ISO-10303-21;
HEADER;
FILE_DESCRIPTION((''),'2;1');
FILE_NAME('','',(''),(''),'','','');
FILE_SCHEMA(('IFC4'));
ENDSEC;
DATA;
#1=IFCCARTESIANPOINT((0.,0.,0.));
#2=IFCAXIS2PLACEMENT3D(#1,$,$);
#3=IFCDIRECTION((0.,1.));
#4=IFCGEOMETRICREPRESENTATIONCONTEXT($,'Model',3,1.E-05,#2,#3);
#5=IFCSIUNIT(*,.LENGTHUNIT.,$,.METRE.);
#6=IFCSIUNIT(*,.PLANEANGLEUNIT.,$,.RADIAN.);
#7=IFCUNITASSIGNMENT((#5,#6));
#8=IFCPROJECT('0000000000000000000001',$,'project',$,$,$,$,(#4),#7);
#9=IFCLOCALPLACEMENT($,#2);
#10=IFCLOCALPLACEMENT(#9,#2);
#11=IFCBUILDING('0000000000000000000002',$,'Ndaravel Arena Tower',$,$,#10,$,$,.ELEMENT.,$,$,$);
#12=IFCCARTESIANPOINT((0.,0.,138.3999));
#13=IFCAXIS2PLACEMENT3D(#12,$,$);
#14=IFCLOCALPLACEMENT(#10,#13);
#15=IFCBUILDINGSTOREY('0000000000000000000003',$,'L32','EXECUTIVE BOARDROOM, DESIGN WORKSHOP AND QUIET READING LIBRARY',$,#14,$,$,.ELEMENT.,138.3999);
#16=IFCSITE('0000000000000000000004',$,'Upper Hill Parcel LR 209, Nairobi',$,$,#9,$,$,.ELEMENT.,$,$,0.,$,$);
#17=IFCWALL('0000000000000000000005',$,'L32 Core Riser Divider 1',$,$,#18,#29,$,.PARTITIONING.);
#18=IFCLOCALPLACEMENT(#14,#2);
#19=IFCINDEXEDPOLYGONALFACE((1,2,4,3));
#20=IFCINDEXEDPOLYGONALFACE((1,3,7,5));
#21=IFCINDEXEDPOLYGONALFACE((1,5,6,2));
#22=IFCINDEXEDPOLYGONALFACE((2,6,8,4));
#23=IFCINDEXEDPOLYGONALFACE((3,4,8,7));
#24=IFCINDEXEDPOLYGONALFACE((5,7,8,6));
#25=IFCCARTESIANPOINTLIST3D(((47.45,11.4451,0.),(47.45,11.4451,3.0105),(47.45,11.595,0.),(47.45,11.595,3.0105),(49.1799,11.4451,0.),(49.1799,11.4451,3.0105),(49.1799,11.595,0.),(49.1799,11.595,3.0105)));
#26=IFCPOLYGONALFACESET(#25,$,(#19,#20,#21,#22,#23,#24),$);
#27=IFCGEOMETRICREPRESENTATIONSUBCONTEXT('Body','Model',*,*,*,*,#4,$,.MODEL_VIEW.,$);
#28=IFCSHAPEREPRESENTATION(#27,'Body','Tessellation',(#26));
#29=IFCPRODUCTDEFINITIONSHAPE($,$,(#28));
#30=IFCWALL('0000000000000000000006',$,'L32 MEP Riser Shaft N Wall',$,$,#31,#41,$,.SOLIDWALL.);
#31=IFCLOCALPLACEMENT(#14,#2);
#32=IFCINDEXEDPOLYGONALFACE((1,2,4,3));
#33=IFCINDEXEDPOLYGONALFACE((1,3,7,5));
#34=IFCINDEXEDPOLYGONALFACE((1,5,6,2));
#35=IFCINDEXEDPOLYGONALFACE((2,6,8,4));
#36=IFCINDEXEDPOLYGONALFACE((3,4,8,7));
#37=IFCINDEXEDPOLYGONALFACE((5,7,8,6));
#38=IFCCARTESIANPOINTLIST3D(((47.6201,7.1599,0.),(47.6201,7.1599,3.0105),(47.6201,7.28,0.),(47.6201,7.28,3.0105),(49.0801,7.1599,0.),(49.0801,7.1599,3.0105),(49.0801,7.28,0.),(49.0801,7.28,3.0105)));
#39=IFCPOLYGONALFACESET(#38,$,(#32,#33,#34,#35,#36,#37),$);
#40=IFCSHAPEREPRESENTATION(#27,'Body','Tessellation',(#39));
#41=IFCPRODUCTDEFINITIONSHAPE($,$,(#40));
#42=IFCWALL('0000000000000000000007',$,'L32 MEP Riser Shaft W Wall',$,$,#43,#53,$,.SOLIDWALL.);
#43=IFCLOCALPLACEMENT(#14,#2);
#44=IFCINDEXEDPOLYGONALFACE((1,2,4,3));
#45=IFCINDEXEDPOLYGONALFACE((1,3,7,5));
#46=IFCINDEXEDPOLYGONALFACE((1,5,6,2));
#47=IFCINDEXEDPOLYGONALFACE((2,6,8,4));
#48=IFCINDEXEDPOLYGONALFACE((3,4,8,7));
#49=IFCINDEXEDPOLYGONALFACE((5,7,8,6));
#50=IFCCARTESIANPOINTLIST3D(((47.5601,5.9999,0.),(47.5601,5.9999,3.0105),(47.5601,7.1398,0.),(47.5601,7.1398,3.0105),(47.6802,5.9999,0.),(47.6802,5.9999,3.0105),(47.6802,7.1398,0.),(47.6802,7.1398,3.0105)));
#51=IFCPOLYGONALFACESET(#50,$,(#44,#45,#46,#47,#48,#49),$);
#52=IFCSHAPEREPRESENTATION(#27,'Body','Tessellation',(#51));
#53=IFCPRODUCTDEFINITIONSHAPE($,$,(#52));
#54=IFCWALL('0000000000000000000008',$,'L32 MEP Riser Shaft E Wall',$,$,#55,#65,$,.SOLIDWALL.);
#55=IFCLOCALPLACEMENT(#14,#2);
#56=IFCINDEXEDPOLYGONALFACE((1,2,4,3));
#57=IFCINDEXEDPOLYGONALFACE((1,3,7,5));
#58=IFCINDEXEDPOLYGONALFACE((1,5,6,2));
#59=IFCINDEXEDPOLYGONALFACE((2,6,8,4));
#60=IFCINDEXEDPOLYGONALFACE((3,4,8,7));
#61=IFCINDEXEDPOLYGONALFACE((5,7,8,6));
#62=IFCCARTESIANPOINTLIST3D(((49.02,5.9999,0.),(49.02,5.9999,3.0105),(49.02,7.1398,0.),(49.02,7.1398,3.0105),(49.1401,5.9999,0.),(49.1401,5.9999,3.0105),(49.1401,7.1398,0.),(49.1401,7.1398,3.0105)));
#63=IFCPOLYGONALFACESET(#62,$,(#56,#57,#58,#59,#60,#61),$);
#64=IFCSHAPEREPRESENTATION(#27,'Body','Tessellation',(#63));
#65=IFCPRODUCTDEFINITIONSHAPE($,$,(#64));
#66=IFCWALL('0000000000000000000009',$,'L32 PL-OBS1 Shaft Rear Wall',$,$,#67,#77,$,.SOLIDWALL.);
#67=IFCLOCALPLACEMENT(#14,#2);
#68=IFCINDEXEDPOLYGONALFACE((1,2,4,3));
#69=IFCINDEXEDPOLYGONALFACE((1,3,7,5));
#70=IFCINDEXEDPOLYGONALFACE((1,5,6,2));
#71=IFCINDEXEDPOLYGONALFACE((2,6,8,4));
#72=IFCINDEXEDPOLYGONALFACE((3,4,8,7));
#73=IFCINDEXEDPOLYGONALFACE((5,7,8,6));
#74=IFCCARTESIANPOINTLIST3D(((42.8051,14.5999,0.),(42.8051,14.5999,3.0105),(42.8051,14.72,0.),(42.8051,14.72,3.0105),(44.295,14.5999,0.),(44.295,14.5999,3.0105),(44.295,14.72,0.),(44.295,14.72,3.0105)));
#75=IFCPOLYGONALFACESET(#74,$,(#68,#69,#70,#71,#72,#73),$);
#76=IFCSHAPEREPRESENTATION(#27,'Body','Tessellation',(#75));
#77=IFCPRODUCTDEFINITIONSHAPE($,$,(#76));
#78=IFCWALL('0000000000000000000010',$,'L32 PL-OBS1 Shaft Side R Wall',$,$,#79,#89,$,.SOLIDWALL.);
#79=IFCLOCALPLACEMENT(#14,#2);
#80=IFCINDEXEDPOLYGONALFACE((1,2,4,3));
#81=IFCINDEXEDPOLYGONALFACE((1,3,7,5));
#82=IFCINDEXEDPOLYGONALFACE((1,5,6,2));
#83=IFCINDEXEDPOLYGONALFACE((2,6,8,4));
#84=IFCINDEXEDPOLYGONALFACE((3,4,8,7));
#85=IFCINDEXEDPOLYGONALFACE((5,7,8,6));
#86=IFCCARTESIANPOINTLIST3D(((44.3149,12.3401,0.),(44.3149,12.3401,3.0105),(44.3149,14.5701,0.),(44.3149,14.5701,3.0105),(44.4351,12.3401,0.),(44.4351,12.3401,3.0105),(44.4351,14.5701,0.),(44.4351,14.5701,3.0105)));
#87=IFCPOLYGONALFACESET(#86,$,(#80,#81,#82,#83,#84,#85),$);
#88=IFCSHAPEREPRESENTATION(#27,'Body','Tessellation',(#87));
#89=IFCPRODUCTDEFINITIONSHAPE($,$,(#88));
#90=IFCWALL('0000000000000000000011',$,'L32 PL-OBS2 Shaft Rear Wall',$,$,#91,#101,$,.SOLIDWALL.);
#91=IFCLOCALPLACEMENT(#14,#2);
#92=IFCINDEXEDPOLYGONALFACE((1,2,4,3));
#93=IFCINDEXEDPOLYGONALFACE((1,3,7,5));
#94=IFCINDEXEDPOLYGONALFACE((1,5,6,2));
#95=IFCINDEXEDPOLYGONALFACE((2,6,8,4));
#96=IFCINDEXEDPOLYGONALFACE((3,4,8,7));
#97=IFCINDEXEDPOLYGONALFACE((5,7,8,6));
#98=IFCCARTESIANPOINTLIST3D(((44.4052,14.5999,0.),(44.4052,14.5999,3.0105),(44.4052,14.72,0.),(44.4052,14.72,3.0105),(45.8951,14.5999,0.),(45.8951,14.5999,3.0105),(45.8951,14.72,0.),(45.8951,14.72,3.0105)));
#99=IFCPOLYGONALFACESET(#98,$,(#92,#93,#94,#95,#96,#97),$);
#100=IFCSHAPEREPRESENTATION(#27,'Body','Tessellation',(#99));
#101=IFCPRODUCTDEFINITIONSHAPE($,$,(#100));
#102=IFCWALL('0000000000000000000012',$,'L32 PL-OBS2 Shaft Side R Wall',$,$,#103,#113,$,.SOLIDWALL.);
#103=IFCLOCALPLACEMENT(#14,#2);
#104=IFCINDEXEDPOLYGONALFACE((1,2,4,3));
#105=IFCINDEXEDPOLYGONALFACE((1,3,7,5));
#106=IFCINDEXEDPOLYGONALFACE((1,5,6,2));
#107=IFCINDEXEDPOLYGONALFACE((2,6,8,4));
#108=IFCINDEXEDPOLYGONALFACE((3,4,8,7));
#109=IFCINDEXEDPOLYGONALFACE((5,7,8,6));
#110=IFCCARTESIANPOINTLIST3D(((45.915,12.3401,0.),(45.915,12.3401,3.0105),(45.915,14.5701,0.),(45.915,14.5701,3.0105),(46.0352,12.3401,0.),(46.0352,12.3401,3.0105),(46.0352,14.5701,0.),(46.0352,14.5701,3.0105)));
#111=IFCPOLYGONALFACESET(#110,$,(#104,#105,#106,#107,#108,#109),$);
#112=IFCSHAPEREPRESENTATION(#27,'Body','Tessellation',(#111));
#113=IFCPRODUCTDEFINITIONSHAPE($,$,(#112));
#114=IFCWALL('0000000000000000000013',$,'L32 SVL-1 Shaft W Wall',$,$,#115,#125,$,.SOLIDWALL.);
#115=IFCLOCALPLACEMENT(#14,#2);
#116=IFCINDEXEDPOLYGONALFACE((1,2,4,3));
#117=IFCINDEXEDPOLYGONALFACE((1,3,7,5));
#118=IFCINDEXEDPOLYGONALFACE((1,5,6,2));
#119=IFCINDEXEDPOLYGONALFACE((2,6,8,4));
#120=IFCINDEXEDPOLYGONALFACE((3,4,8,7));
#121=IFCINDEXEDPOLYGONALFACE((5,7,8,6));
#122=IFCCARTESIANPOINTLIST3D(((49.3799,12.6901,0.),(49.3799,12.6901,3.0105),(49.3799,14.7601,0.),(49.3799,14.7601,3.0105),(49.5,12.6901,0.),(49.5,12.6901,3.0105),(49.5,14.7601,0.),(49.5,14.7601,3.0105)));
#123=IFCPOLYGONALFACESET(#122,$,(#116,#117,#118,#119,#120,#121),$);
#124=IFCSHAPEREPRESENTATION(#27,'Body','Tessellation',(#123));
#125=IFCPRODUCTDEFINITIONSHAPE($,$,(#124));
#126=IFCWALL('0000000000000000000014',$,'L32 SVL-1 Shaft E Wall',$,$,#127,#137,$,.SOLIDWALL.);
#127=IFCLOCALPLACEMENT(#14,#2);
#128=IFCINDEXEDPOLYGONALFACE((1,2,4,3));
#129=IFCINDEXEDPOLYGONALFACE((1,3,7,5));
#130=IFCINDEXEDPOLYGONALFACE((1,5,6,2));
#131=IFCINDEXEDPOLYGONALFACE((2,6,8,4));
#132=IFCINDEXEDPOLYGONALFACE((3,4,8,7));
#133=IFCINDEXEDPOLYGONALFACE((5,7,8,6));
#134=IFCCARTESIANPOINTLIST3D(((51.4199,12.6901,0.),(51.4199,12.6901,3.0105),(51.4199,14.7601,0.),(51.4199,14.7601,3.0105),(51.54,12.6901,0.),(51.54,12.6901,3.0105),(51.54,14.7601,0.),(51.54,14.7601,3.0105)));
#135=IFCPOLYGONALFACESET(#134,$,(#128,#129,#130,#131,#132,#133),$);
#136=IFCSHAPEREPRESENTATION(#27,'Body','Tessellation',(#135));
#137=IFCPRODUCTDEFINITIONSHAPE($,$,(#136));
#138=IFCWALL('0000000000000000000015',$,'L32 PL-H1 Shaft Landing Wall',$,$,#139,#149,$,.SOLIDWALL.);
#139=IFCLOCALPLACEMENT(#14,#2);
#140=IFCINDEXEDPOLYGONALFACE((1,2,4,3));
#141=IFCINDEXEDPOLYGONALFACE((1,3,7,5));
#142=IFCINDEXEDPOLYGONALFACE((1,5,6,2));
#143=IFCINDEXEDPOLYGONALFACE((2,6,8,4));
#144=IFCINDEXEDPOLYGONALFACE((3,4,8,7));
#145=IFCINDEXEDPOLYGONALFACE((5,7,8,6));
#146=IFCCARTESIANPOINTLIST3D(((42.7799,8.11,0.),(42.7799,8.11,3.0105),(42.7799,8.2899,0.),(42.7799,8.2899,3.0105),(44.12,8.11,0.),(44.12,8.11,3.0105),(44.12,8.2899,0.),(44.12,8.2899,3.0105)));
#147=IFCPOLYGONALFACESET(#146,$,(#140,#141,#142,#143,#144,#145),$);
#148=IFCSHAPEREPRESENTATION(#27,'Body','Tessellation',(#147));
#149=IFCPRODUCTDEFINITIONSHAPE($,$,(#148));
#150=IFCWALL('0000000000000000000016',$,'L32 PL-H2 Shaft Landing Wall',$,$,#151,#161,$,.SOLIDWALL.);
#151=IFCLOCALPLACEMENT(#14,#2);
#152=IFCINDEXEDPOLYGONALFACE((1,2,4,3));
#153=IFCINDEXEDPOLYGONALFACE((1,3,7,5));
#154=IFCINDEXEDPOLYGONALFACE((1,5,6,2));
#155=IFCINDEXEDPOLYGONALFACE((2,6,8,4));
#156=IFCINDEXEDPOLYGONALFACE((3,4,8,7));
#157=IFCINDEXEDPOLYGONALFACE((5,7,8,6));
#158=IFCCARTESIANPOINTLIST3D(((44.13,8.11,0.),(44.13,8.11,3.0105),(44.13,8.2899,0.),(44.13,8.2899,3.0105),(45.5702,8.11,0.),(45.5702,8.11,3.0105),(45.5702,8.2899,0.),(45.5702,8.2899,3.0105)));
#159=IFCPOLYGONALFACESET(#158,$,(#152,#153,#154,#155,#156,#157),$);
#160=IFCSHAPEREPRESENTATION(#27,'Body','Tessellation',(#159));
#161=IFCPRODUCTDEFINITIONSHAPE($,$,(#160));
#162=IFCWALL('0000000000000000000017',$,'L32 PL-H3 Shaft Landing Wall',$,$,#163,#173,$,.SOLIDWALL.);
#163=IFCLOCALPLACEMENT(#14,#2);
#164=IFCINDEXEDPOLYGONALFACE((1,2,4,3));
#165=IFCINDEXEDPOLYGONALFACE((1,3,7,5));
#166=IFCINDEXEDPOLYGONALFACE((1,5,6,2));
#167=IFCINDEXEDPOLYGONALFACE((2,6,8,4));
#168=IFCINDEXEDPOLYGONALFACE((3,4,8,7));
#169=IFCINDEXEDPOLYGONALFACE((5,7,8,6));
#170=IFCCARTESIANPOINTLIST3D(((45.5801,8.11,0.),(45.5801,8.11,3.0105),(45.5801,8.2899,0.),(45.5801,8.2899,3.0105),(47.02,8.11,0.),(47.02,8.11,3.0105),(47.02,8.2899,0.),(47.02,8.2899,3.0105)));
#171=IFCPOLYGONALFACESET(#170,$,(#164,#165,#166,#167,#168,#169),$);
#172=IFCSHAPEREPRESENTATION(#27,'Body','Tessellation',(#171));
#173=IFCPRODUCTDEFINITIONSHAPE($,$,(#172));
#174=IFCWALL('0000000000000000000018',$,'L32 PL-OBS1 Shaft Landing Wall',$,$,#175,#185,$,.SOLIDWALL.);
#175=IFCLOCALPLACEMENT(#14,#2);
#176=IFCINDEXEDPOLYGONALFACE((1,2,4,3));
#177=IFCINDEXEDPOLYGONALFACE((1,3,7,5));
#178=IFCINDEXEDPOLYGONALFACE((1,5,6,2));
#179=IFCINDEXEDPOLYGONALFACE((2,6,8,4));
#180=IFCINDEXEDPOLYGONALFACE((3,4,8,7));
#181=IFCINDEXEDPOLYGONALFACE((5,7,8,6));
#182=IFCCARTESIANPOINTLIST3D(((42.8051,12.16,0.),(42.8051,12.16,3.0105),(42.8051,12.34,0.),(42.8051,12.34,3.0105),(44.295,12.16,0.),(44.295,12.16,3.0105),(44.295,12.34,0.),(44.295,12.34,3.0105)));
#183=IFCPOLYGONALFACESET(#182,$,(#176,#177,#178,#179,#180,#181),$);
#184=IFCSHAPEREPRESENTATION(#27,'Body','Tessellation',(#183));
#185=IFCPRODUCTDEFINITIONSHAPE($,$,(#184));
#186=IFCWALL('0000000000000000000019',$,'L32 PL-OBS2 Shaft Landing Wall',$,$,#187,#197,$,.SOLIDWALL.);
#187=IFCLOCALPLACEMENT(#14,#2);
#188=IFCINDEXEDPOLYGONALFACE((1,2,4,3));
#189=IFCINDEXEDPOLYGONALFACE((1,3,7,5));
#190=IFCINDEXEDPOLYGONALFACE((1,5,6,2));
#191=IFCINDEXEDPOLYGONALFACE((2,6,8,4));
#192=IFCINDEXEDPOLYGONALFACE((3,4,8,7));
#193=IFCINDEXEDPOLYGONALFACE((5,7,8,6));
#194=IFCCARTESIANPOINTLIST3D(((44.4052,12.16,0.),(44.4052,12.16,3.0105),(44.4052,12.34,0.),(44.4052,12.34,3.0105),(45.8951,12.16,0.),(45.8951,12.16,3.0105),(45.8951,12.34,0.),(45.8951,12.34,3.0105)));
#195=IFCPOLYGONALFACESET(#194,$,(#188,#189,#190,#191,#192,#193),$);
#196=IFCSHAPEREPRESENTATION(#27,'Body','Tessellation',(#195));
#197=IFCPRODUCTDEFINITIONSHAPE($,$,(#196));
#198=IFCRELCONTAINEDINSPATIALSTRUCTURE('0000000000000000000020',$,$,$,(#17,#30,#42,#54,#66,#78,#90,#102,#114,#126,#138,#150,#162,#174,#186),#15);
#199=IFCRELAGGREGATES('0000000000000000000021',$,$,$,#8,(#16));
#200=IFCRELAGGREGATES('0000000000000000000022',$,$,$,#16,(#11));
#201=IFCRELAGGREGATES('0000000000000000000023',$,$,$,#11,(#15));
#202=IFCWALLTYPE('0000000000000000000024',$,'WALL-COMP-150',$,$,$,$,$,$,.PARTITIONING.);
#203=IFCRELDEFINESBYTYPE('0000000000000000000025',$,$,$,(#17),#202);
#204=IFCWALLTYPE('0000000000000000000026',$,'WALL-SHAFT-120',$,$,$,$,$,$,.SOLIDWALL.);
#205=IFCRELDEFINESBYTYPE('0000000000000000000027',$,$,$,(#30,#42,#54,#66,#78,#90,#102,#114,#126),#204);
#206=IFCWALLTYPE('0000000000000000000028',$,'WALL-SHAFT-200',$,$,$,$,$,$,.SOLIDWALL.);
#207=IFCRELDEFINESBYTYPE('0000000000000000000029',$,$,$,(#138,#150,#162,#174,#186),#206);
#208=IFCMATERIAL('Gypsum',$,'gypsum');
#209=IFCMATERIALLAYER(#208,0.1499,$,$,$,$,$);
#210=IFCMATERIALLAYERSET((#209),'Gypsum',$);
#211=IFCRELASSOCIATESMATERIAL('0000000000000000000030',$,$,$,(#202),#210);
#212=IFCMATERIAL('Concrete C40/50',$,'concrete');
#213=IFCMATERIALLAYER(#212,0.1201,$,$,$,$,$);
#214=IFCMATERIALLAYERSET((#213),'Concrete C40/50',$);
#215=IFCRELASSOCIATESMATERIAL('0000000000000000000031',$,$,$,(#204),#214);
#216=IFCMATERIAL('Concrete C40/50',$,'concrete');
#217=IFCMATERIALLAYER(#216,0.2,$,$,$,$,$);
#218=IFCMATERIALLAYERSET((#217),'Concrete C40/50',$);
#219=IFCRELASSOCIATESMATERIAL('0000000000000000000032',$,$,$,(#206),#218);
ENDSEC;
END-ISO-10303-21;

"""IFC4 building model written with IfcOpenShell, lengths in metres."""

from ifc_helpers import new_model, si_unit, direction, frame, frame_2d, origin, place, context, subcontext, project, spatial, rectangle, extrude, material, layer, layer_set, type_object, element, save


model = new_model("IFC4")

# Units and contexts
model_context = context("Model", 3, precision=1e-05, world=origin(), true_north=direction((0.0, 1.0)))
body_context = subcontext(model_context, "Body", "Model", "MODEL_VIEW")
ifc_project = project(units=[si_unit("LENGTHUNIT", "METRE"), si_unit("PLANEANGLEUNIT", "RADIAN")], contexts=[model_context])

# Site, building, storey
site_placement = place(None, origin())
site = spatial("IfcSite", under=ifc_project, at=site_placement, Name="Upper Hill Parcel LR 209, Nairobi", CompositionType="ELEMENT", RefElevation=0.0)
building_placement = place(site_placement, origin())
building = spatial("IfcBuilding", under=site, at=building_placement, Name="Ndaravel Arena Tower", CompositionType="ELEMENT")
storey_placement = place(building_placement, frame((0.0, 0.0, 138.3999)))
storey = spatial("IfcBuildingStorey", under=building, at=storey_placement, Name="L32", Description="EXECUTIVE BOARDROOM, DESIGN WORKSHOP AND QUIET READING LIBRARY", CompositionType="ELEMENT", Elevation=138.3999)

# Walls
ifc_material_1 = material(Name="Gypsum", Category="gypsum")
ifc_layer_1 = layer(ifc_material_1, 0.1499)
ifc_layer_set_1 = layer_set([ifc_layer_1], Name="Gypsum")
wall_type_1 = type_object("IfcWallType", Name="WALL-COMP-150", PredefinedType="PARTITIONING", material=ifc_layer_set_1)
wall_1_placement = place(storey_placement, frame((47.45, 11.52, 0.0), z_axis=(0.0, 0.0, 1.0), x_axis=(1.0, 0.0, 0.0)))
element("IfcWall", 1, at=wall_1_placement, inside=storey, type_object=wall_type_1, Name="L32 Core Riser Divider 1", PredefinedType="PARTITIONING", context=body_context, shape_type="SweptSolid", body=[
    extrude(rectangle(XDim=1.73, YDim=0.1499, at=frame_2d((0.865, 0.0))), origin(), (0.0, 0.0, 1.0), 3.0105),
])
ifc_material_2 = material(Name="Concrete C40/50", Category="concrete")
ifc_layer_2 = layer(ifc_material_2, 0.1201)
ifc_layer_set_2 = layer_set([ifc_layer_2], Name="Concrete C40/50")
wall_type_2 = type_object("IfcWallType", Name="WALL-SHAFT-120", PredefinedType="SOLIDWALL", material=ifc_layer_set_2)
wall_2_placement = place(storey_placement, frame((47.6201, 7.22, 0.0), z_axis=(0.0, 0.0, 1.0), x_axis=(1.0, 0.0, 0.0)))
element("IfcWall", 2, at=wall_2_placement, inside=storey, type_object=wall_type_2, Name="L32 MEP Riser Shaft N Wall", PredefinedType="SOLIDWALL", context=body_context, shape_type="SweptSolid", body=[
    extrude(rectangle(XDim=1.46, YDim=0.1201, at=frame_2d((0.73, 0.0))), origin(), (0.0, 0.0, 1.0), 3.0105),
])
for number, where, z_axis, x_axis, name in (
    (3, (47.6201, 6.0, 0.0), (0.0, 0.0, 1.0), (0.0, 1.0, 0.0), "L32 MEP Riser Shaft W Wall"),
    (4, (49.0801, 6.0, 0.0), (0.0, 0.0, 1.0), (0.0, 1.0, 0.0), "L32 MEP Riser Shaft E Wall"),
):
    element("IfcWall", number, at=place(storey_placement, frame(where, z_axis=z_axis, x_axis=x_axis)), inside=storey, type_object=wall_type_2, Name=name, PredefinedType="SOLIDWALL", context=body_context, shape_type="SweptSolid", body=[
        extrude(rectangle(XDim=1.1399, YDim=0.1201, at=frame_2d((0.5698, 0.0))), origin(), (0.0, 0.0, 1.0), 3.0105),
    ])
wall_3_placement = place(storey_placement, frame((42.8049, 14.6599, 0.0), z_axis=(0.0, 0.0, 1.0), x_axis=(1.0, 0.0, 0.0)))
element("IfcWall", 5, at=wall_3_placement, inside=storey, type_object=wall_type_2, Name="L32 PL-OBS1 Shaft Rear Wall", PredefinedType="SOLIDWALL", context=body_context, shape_type="SweptSolid", body=[
    extrude(rectangle(XDim=1.49, YDim=0.1201, at=frame_2d((0.7451, 0.0))), origin(), (0.0, 0.0, 1.0), 3.0105),
])
wall_4_placement = place(storey_placement, frame((44.375, 12.3401, 0.0), z_axis=(0.0, 0.0, 1.0), x_axis=(0.0, 1.0, 0.0)))
element("IfcWall", 6, at=wall_4_placement, inside=storey, type_object=wall_type_2, Name="L32 PL-OBS1 Shaft Side R Wall", PredefinedType="SOLIDWALL", context=body_context, shape_type="SweptSolid", body=[
    extrude(rectangle(XDim=2.23, YDim=0.1201, at=frame_2d((1.115, 0.0))), origin(), (0.0, 0.0, 1.0), 3.0105),
])
wall_5_placement = place(storey_placement, frame((44.405, 14.6599, 0.0), z_axis=(0.0, 0.0, 1.0), x_axis=(1.0, 0.0, 0.0)))
element("IfcWall", 7, at=wall_5_placement, inside=storey, type_object=wall_type_2, Name="L32 PL-OBS2 Shaft Rear Wall", PredefinedType="SOLIDWALL", context=body_context, shape_type="SweptSolid", body=[
    extrude(rectangle(XDim=1.49, YDim=0.1201, at=frame_2d((0.7451, 0.0))), origin(), (0.0, 0.0, 1.0), 3.0105),
])
wall_6_placement = place(storey_placement, frame((45.9751, 12.3401, 0.0), z_axis=(0.0, 0.0, 1.0), x_axis=(0.0, 1.0, 0.0)))
element("IfcWall", 8, at=wall_6_placement, inside=storey, type_object=wall_type_2, Name="L32 PL-OBS2 Shaft Side R Wall", PredefinedType="SOLIDWALL", context=body_context, shape_type="SweptSolid", body=[
    extrude(rectangle(XDim=2.23, YDim=0.1201, at=frame_2d((1.115, 0.0))), origin(), (0.0, 0.0, 1.0), 3.0105),
])
for number, where, z_axis, x_axis, name in (
    (9, (49.4399, 12.6899, 0.0), (0.0, 0.0, 1.0), (0.0, 1.0, 0.0), "L32 SVL-1 Shaft W Wall"),
    (10, (51.48, 12.6899, 0.0), (0.0, 0.0, 1.0), (0.0, 1.0, 0.0), "L32 SVL-1 Shaft E Wall"),
):
    element("IfcWall", number, at=place(storey_placement, frame(where, z_axis=z_axis, x_axis=x_axis)), inside=storey, type_object=wall_type_2, Name=name, PredefinedType="SOLIDWALL", context=body_context, shape_type="SweptSolid", body=[
        extrude(rectangle(XDim=2.0701, YDim=0.1201, at=frame_2d((1.0352, 0.0))), origin(), (0.0, 0.0, 1.0), 3.0105),
    ])
ifc_material_3 = material(Name="Concrete C40/50", Category="concrete")
ifc_layer_3 = layer(ifc_material_3, 0.2)
ifc_layer_set_3 = layer_set([ifc_layer_3], Name="Concrete C40/50")
wall_type_3 = type_object("IfcWallType", Name="WALL-SHAFT-200", PredefinedType="SOLIDWALL", material=ifc_layer_set_3)
wall_7_placement = place(storey_placement, frame((42.78, 8.2, 0.0), z_axis=(0.0, 0.0, 1.0), x_axis=(1.0, 0.0, 0.0)))
element("IfcWall", 11, at=wall_7_placement, inside=storey, type_object=wall_type_3, Name="L32 PL-H1 Shaft Landing Wall", PredefinedType="SOLIDWALL", context=body_context, shape_type="SweptSolid", body=[
    extrude(rectangle(XDim=1.3401, YDim=0.1799, at=frame_2d((0.6699, 0.0))), origin(), (0.0, 0.0, 1.0), 3.0105),
])
wall_8_placement = place(storey_placement, frame((44.1299, 8.2, 0.0), z_axis=(0.0, 0.0, 1.0), x_axis=(1.0, 0.0, 0.0)))
element("IfcWall", 12, at=wall_8_placement, inside=storey, type_object=wall_type_3, Name="L32 PL-H2 Shaft Landing Wall", PredefinedType="SOLIDWALL", context=body_context, shape_type="SweptSolid", body=[
    extrude(rectangle(XDim=1.4402, YDim=0.1799, at=frame_2d((0.7202, 0.0))), origin(), (0.0, 0.0, 1.0), 3.0105),
])
wall_9_placement = place(storey_placement, frame((45.5801, 8.2, 0.0), z_axis=(0.0, 0.0, 1.0), x_axis=(1.0, 0.0, 0.0)))
element("IfcWall", 13, at=wall_9_placement, inside=storey, type_object=wall_type_3, Name="L32 PL-H3 Shaft Landing Wall", PredefinedType="SOLIDWALL", context=body_context, shape_type="SweptSolid", body=[
    extrude(rectangle(XDim=1.4399, YDim=0.1799, at=frame_2d((0.72, 0.0))), origin(), (0.0, 0.0, 1.0), 3.0105),
])
for number, where, z_axis, x_axis, name in (
    (14, (42.8049, 12.25, 0.0), (0.0, 0.0, 1.0), (1.0, 0.0, 0.0), "L32 PL-OBS1 Shaft Landing Wall"),
    (15, (44.405, 12.25, 0.0), (0.0, 0.0, 1.0), (1.0, 0.0, 0.0), "L32 PL-OBS2 Shaft Landing Wall"),
):
    element("IfcWall", number, at=place(storey_placement, frame(where, z_axis=z_axis, x_axis=x_axis)), inside=storey, type_object=wall_type_3, Name=name, PredefinedType="SOLIDWALL", context=body_context, shape_type="SweptSolid", body=[
        extrude(rectangle(XDim=1.49, YDim=0.1799, at=frame_2d((0.7451, 0.0))), origin(), (0.0, 0.0, 1.0), 3.0105),
    ])

save(model, "model.ifc")
